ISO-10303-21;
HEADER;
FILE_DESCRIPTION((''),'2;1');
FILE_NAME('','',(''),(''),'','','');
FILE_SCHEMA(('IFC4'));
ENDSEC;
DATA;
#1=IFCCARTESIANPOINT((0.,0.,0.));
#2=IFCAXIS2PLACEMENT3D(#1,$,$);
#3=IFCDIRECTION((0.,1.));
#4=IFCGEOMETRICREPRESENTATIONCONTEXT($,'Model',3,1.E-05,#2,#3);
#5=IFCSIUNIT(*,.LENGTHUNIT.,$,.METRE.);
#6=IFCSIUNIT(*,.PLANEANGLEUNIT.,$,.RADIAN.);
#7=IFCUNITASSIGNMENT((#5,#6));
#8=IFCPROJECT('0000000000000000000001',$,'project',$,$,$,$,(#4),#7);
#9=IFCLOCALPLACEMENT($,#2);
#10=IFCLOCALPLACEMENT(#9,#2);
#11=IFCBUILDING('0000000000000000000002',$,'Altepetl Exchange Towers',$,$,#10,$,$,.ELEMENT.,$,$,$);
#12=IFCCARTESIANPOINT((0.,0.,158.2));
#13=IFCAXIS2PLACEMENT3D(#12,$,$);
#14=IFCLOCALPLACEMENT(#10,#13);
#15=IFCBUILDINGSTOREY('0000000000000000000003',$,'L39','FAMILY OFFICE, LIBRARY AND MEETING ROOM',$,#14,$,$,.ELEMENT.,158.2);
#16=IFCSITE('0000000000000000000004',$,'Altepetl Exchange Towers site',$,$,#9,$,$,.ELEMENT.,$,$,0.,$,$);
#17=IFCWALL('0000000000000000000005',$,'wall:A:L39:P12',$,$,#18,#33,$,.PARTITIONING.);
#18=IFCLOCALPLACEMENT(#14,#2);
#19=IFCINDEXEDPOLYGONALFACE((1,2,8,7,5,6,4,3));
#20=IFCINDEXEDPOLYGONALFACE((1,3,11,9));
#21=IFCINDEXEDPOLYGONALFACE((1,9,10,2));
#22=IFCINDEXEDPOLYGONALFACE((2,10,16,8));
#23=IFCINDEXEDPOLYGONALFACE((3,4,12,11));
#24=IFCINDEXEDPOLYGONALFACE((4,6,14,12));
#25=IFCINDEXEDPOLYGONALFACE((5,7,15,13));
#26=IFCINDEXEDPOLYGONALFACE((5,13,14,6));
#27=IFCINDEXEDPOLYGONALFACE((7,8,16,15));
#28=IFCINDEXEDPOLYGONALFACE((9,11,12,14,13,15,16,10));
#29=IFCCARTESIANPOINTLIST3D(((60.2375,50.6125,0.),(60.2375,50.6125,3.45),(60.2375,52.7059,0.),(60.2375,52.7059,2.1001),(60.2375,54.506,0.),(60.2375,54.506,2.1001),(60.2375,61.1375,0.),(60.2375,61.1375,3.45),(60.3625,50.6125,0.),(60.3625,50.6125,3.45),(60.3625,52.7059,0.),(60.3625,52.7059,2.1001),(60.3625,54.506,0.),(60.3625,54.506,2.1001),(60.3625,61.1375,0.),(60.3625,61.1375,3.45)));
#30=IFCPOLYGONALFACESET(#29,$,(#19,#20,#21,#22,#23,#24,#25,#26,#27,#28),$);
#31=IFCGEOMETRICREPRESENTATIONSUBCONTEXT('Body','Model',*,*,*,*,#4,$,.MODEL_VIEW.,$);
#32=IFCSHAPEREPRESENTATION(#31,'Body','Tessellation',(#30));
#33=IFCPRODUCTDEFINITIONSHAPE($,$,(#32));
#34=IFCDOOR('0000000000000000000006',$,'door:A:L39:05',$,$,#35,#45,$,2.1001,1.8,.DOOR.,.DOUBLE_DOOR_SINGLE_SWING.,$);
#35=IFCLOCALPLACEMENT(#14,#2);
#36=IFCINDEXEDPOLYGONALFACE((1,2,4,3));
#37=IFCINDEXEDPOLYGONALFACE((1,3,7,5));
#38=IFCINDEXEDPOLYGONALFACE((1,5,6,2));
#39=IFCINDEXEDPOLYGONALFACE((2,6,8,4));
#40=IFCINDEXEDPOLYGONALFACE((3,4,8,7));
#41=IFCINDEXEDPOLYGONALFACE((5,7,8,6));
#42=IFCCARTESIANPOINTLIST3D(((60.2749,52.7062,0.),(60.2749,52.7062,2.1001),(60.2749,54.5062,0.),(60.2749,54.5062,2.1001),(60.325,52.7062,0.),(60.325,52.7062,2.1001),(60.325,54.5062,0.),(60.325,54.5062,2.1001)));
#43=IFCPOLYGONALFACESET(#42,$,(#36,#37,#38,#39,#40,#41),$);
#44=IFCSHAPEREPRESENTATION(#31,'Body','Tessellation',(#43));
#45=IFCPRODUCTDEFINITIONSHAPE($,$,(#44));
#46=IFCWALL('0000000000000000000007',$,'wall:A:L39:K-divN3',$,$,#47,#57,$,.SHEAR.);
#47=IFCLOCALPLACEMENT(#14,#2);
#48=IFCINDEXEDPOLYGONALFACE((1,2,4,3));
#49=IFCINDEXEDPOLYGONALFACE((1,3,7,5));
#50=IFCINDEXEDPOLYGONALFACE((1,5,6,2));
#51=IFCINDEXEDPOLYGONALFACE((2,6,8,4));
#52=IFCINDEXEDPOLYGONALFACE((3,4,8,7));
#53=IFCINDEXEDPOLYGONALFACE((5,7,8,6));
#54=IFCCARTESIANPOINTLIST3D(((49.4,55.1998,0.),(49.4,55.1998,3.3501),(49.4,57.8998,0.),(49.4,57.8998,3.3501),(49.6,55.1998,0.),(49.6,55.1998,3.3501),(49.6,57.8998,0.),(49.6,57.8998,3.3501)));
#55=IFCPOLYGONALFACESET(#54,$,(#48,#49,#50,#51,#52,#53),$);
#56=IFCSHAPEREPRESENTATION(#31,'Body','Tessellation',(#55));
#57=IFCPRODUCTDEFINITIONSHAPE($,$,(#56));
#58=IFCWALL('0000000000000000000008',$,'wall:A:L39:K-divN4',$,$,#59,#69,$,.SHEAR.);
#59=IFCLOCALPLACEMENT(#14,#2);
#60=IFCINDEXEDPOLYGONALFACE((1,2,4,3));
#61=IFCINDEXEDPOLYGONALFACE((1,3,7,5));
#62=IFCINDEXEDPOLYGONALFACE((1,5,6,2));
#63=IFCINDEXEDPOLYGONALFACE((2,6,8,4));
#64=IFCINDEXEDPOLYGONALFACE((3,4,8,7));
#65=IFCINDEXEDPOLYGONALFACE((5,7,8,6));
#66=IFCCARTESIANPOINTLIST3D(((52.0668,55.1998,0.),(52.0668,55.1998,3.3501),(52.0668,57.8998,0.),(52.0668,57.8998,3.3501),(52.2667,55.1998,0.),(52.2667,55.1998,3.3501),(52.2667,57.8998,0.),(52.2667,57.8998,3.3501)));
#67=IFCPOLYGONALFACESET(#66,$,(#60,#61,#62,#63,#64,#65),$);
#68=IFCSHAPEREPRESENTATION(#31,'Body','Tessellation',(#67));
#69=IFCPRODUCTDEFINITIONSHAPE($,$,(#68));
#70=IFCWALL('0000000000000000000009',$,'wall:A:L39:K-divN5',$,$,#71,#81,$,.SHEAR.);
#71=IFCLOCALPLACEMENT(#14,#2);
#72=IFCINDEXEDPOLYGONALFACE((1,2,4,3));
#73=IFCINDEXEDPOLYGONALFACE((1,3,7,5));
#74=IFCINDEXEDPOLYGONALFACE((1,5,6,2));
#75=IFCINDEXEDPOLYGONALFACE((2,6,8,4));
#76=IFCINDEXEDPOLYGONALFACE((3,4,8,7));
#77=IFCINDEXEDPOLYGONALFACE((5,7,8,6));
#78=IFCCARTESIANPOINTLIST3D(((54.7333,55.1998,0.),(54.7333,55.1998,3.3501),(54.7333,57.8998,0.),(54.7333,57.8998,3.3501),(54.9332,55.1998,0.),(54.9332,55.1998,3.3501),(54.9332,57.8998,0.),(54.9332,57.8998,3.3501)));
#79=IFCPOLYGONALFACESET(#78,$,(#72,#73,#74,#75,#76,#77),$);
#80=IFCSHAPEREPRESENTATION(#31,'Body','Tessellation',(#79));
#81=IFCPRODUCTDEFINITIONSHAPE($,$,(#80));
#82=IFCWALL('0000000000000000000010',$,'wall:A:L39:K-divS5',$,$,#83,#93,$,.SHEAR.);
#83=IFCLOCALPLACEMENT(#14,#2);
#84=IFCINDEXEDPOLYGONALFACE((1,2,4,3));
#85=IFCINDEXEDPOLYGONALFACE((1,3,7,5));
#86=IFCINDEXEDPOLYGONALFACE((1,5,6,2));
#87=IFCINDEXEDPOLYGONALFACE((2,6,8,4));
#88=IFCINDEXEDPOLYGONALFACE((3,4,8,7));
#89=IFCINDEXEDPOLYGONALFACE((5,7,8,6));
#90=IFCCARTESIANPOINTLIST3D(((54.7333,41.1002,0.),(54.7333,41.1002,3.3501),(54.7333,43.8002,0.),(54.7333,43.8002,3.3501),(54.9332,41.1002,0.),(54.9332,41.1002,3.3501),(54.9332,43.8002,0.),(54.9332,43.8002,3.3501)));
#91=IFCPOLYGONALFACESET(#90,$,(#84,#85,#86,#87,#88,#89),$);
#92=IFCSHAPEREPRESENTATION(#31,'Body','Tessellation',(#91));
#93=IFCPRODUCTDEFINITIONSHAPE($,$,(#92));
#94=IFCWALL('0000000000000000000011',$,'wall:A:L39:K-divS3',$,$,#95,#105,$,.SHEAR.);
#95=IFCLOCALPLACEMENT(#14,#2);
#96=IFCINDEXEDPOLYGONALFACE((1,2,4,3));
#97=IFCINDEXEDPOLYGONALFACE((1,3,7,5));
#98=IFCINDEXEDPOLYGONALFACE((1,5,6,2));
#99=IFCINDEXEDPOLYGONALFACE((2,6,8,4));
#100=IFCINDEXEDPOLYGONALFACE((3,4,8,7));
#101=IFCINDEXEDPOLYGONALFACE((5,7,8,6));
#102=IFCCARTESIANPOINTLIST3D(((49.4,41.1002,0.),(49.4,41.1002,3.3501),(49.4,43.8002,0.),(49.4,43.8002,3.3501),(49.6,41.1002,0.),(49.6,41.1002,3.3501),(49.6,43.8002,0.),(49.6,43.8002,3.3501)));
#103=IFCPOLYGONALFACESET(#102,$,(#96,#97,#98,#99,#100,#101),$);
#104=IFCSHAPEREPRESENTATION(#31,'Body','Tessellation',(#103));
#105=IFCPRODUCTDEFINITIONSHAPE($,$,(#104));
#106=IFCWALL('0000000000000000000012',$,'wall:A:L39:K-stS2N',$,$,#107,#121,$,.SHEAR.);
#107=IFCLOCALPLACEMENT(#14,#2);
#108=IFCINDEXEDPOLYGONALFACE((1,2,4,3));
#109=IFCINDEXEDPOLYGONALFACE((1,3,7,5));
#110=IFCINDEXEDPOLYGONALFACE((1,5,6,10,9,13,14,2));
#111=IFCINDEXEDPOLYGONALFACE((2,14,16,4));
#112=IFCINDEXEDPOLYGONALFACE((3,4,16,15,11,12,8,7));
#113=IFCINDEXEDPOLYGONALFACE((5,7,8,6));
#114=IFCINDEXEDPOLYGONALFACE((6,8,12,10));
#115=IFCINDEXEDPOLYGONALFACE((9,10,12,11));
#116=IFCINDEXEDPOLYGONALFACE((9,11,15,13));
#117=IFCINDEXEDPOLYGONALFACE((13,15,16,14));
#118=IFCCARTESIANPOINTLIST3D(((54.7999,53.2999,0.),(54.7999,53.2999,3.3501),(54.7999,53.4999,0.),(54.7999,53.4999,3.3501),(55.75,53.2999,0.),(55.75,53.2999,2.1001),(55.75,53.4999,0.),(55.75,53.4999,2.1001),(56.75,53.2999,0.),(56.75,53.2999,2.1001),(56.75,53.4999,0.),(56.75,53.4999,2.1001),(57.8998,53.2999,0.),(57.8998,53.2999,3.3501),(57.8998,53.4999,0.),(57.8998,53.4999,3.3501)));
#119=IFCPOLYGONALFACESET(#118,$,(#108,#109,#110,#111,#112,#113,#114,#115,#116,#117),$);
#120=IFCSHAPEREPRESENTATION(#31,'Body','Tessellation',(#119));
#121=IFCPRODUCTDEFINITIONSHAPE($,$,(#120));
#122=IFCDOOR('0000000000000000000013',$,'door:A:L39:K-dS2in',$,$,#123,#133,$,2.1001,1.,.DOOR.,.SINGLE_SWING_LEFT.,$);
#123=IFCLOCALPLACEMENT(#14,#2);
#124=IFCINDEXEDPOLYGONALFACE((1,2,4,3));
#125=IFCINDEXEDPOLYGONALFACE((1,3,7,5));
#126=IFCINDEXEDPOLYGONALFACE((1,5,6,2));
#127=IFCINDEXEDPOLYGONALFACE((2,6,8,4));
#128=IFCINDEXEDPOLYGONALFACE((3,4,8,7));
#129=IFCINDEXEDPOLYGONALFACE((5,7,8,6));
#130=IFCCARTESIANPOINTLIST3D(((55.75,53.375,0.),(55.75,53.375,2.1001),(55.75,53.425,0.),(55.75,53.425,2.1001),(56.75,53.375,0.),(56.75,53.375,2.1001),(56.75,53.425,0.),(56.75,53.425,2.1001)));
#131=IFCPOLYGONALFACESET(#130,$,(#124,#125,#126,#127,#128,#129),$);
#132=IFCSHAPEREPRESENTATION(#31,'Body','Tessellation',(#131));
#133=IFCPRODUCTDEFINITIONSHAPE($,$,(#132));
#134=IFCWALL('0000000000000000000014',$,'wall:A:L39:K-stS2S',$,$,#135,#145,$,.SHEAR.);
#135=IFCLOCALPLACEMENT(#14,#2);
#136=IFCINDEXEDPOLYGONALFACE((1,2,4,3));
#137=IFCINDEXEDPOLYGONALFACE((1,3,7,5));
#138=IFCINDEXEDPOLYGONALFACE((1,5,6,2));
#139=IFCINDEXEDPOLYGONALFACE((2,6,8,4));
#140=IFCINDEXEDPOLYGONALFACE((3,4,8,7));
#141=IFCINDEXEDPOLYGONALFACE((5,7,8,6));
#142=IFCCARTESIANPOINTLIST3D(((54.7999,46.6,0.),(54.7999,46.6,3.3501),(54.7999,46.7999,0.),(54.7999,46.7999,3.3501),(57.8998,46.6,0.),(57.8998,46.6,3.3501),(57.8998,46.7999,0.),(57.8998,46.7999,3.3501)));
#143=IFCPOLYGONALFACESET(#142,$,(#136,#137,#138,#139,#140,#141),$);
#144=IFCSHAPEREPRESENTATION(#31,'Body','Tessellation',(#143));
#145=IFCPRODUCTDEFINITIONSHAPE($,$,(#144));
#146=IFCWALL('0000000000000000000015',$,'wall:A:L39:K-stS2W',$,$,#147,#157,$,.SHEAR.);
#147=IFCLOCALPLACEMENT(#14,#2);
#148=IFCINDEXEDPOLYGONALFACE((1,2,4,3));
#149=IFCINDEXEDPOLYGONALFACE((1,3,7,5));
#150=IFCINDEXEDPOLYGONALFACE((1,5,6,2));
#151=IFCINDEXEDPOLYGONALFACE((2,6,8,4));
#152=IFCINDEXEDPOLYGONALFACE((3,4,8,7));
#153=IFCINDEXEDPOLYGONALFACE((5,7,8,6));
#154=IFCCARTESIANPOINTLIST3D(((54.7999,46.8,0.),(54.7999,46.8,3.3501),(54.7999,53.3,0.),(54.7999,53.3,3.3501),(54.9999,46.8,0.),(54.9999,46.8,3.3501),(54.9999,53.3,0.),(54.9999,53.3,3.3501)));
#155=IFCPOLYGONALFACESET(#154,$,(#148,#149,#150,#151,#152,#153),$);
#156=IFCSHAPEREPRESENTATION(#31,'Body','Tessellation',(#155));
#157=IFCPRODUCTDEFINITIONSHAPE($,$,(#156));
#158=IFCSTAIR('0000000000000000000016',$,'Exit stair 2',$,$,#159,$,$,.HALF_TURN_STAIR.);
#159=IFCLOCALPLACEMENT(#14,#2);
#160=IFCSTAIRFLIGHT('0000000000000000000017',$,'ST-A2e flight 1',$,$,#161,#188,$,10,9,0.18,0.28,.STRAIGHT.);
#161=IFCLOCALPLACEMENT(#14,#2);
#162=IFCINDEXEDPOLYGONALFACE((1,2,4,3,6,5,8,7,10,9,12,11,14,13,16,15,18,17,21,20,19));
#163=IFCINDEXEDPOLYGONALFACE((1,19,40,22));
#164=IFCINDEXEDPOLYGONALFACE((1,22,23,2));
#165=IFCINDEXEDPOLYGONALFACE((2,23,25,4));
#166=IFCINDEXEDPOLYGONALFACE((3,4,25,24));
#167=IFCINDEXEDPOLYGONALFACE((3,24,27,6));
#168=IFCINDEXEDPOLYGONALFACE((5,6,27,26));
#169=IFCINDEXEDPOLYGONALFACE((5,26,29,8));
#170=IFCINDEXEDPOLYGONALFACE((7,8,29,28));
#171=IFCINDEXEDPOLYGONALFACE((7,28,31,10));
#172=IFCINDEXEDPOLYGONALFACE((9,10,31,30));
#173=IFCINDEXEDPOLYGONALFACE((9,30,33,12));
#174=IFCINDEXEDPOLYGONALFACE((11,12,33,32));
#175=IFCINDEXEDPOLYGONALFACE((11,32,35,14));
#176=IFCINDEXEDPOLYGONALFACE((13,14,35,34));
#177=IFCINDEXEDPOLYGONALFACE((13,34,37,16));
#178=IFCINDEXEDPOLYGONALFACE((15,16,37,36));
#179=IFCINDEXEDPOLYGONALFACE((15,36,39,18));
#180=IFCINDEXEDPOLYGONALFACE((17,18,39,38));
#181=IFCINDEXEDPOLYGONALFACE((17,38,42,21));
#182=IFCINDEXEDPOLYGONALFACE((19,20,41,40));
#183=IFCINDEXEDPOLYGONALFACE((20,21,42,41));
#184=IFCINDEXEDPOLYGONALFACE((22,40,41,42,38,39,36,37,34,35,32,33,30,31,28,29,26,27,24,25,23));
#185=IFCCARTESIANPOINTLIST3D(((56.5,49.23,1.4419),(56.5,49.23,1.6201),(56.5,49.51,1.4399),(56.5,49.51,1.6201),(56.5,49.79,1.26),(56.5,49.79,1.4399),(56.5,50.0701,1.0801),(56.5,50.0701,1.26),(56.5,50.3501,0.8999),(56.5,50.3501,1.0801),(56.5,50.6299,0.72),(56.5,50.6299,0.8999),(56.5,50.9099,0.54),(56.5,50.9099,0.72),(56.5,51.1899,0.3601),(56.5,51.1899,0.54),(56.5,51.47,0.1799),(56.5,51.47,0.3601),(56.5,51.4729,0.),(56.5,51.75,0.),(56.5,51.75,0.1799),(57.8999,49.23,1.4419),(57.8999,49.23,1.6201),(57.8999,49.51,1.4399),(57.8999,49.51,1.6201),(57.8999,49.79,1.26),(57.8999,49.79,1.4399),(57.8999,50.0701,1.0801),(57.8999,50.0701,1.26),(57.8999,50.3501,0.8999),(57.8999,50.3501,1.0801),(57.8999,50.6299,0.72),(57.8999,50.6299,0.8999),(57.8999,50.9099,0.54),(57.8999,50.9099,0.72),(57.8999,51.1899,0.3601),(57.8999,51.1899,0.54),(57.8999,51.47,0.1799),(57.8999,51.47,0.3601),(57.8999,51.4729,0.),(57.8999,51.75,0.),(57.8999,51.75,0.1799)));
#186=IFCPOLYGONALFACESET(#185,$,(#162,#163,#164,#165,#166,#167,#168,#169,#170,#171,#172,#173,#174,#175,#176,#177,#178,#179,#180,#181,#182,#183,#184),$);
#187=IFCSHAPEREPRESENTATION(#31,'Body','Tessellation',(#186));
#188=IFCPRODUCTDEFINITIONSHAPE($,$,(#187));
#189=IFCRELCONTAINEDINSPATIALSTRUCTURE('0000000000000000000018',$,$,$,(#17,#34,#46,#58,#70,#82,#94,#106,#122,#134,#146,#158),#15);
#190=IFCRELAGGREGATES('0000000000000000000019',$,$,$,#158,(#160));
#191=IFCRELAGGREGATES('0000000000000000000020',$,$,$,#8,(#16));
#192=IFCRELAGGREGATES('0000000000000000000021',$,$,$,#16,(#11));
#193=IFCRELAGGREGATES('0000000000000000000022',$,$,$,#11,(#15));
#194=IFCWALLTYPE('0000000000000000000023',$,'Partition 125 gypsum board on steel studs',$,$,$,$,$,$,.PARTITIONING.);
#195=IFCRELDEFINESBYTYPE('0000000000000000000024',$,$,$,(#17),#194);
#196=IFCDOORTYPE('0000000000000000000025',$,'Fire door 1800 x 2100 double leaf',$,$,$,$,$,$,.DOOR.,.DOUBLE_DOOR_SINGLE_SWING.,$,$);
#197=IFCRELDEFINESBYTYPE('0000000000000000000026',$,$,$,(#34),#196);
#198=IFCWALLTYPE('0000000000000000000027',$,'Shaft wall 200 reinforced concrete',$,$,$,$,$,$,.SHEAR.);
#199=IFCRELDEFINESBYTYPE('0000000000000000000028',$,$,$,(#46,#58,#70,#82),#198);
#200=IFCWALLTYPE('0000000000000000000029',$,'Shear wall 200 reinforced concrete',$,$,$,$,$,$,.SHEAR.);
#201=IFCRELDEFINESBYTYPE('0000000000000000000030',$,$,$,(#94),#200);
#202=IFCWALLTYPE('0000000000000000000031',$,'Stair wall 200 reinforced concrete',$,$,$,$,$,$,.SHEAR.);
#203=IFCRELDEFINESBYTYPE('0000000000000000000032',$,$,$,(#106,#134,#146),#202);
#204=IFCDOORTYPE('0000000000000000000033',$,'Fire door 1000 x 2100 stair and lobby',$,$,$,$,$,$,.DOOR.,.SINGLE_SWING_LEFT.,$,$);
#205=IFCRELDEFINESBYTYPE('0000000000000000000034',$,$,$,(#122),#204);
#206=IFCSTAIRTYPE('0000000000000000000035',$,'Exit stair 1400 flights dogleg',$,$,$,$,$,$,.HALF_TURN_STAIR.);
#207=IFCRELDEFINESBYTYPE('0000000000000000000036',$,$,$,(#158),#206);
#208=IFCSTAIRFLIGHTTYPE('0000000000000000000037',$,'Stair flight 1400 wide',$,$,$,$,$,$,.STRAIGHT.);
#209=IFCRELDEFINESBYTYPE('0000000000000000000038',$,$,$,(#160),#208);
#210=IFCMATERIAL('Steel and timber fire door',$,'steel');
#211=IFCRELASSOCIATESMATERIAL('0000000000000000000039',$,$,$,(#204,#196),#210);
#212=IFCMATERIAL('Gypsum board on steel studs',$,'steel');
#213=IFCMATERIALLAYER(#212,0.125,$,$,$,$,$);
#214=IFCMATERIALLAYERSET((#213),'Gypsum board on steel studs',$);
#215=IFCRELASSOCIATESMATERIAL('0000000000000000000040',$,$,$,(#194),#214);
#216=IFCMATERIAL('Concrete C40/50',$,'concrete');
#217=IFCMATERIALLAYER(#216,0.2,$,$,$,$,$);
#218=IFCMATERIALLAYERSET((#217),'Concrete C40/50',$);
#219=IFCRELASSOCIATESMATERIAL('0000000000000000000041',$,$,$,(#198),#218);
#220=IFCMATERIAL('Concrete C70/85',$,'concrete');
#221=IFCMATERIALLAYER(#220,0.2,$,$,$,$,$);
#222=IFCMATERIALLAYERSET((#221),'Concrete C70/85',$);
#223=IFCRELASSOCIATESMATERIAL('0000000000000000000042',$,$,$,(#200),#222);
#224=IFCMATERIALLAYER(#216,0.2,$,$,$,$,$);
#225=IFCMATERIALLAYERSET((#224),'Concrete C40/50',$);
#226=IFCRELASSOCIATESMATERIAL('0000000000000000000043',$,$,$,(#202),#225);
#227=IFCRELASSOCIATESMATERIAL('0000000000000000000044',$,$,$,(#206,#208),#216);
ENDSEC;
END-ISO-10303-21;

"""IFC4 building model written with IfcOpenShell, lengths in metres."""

from ifc_helpers import new_model, si_unit, direction, frame, frame_2d, origin, place, context, subcontext, project, spatial, polyline, rectangle, outline, extrude, material, layer, layer_set, type_object, element, fill, aggregate, save


model = new_model("IFC4")

# Units and contexts
model_context = context("Model", 3, precision=1e-05, world=origin(), true_north=direction((0.0, 1.0)))
body_context = subcontext(model_context, "Body", "Model", "MODEL_VIEW")
ifc_project = project(units=[si_unit("LENGTHUNIT", "METRE"), si_unit("PLANEANGLEUNIT", "RADIAN")], contexts=[model_context])

# Site, building, storey
site_placement = place(None, origin())
site = spatial("IfcSite", under=ifc_project, at=site_placement, Name="Altepetl Exchange Towers site", CompositionType="ELEMENT", RefElevation=0.0)
building_placement = place(site_placement, origin())
building = spatial("IfcBuilding", under=site, at=building_placement, Name="Altepetl Exchange Towers", CompositionType="ELEMENT")
storey_placement = place(building_placement, frame((0.0, 0.0, 158.2)))
storey = spatial("IfcBuildingStorey", under=building, at=storey_placement, Name="L39", Description="FAMILY OFFICE, LIBRARY AND MEETING ROOM", CompositionType="ELEMENT", Elevation=158.2)

# Shared definitions
ifc_material_1 = material(Name="Concrete C70/85", Category="concrete")
ifc_material_2 = material(Name="Steel and timber fire door", Category="steel")
door_type_1 = type_object("IfcDoorType", Name="Fire door 1000 x 2100 stair and lobby", OperationType="SINGLE_SWING_LEFT", PredefinedType="DOOR", material=ifc_material_2)

# Shared definitions
ifc_material_3 = material(Name="Gypsum board on steel studs", Category="steel")
ifc_layer_1 = layer(ifc_material_3, 0.125)
ifc_layer_set_1 = layer_set([ifc_layer_1], Name="Gypsum board on steel studs")
wall_type_1 = type_object("IfcWallType", Name="Partition 125 gypsum board on steel studs", PredefinedType="PARTITIONING", material=ifc_layer_set_1)

# Shared definitions
door_type_2 = type_object("IfcDoorType", Name="Fire door 1800 x 2100 double leaf", OperationType="DOUBLE_DOOR_SINGLE_SWING", PredefinedType="DOOR", material=ifc_material_2)

# Wall, opening, door
wall_1_placement = place(storey_placement, frame((60.3, 50.6125, 0.0), z_axis=(0.0, 0.0, 1.0), x_axis=(0.0, 1.0, 0.0)))
wall_1 = element("IfcWall", 1, at=wall_1_placement, inside=storey, type_object=wall_type_1, Name="wall:A:L39:P12", PredefinedType="PARTITIONING", context=body_context, shape_type="SweptSolid", body=[
    extrude(rectangle(XDim=10.5249, YDim=0.125, at=frame_2d((5.2625, 0.0))), origin(), (0.0, 0.0, 1.0), 3.45),
])
opening_1_placement = place(wall_1_placement, frame((2.0935, 0.0, 0.0)))
opening_1 = element("IfcOpeningElement", 2, at=opening_1_placement, cuts=wall_1, PredefinedType="OPENING", context=body_context, shape_type="SweptSolid", body=[
    extrude(rectangle(XDim=1.8, YDim=2.1001, at=frame_2d((0.8999, 1.05))), frame((0.0, 0.0725, 0.0), z_axis=(0.0, -1.0, 0.0), x_axis=(1.0, 0.0, 0.0)), (0.0, 0.0, 1.0), 0.145),
])
door_1_placement = place(opening_1_placement, frame((1.8, 0.0, 0.0), x_axis=(-1.0, 0.0, 0.0)))
door_1 = element("IfcDoor", 3, at=door_1_placement, inside=storey, type_object=door_type_2, Name="door:A:L39:05", OperationType="DOUBLE_DOOR_SINGLE_SWING", OverallHeight=2.1001, OverallWidth=1.8, PredefinedType="DOOR", context=body_context, shape_type="SweptSolid", body=[
    extrude(rectangle(XDim=1.8, YDim=2.1001, at=frame_2d((0.8999, 1.05))), frame((0.0, 0.0249, 0.0), z_axis=(0.0, -1.0, 0.0), x_axis=(1.0, 0.0, 0.0)), (0.0, 0.0, 1.0), 0.05),
])
fill(opening_1, door_1)

# Walls
ifc_material_4 = material(Name="Concrete C40/50", Category="concrete")
ifc_layer_2 = layer(ifc_material_4, 0.2)
ifc_layer_set_2 = layer_set([ifc_layer_2], Name="Concrete C40/50")
wall_type_2 = type_object("IfcWallType", Name="Shaft wall 200 reinforced concrete", PredefinedType="SHEAR", material=ifc_layer_set_2)
for number, where, z_axis, x_axis, name in (
    (4, (49.5, 57.8999, 0.0), (0.0, 0.0, 1.0), (0.0, -1.0, 0.0), "wall:A:L39:K-divN3"),
    (5, (52.1667, 57.8999, 0.0), (0.0, 0.0, 1.0), (0.0, -1.0, 0.0), "wall:A:L39:K-divN4"),
    (6, (54.8333, 57.8999, 0.0), (0.0, 0.0, 1.0), (0.0, -1.0, 0.0), "wall:A:L39:K-divN5"),
    (7, (54.8333, 41.1001, 0.0), (0.0, 0.0, 1.0), (0.0, 1.0, 0.0), "wall:A:L39:K-divS5"),
):
    element("IfcWall", number, at=place(storey_placement, frame(where, z_axis=z_axis, x_axis=x_axis)), inside=storey, type_object=wall_type_2, Name=name, PredefinedType="SHEAR", context=body_context, shape_type="SweptSolid", body=[
        extrude(rectangle(XDim=2.7, YDim=0.2, at=frame_2d((1.3501, 0.0))), origin(), (0.0, 0.0, 1.0), 3.3501),
    ])
ifc_layer_3 = layer(ifc_material_1, 0.2)
ifc_layer_set_3 = layer_set([ifc_layer_3], Name="Concrete C70/85")
wall_type_3 = type_object("IfcWallType", Name="Shear wall 200 reinforced concrete", PredefinedType="SHEAR", material=ifc_layer_set_3)
wall_2_placement = place(storey_placement, frame((49.5, 41.1001, 0.0), z_axis=(0.0, 0.0, 1.0), x_axis=(0.0, 1.0, 0.0)))
element("IfcWall", 8, at=wall_2_placement, inside=storey, type_object=wall_type_3, Name="wall:A:L39:K-divS3", PredefinedType="SHEAR", context=body_context, shape_type="SweptSolid", body=[
    extrude(rectangle(XDim=2.7, YDim=0.2, at=frame_2d((1.3501, 0.0))), origin(), (0.0, 0.0, 1.0), 3.3501),
])

# Wall, opening, door
ifc_layer_4 = layer(ifc_material_4, 0.2)
ifc_layer_set_4 = layer_set([ifc_layer_4], Name="Concrete C40/50")
wall_type_4 = type_object("IfcWallType", Name="Stair wall 200 reinforced concrete", PredefinedType="SHEAR", material=ifc_layer_set_4)
wall_3_placement = place(storey_placement, frame((54.8, 53.3999, 0.0)))
wall_3 = element("IfcWall", 9, at=wall_3_placement, inside=storey, type_object=wall_type_4, Name="wall:A:L39:K-stS2N", PredefinedType="SHEAR", context=body_context, shape_type="SweptSolid", body=[
    extrude(rectangle(XDim=3.0999, YDim=0.2, at=frame_2d((1.5498, 0.0))), origin(), (0.0, 0.0, 1.0), 3.3501),
])
opening_2_placement = place(wall_3_placement, frame((0.95, 0.0, 0.0)))
opening_2 = element("IfcOpeningElement", 10, at=opening_2_placement, cuts=wall_3, PredefinedType="OPENING", context=body_context, shape_type="SweptSolid", body=[
    extrude(rectangle(XDim=1.0, YDim=2.1001, at=frame_2d((0.5, 1.05))), frame((0.0, 0.1099, 0.0), z_axis=(0.0, -1.0, 0.0), x_axis=(1.0, 0.0, 0.0)), (0.0, 0.0, 1.0), 0.22),
])
door_2_placement = place(opening_2_placement, frame((1.0, 0.0, 0.0), x_axis=(-1.0, 0.0, 0.0)))
door_2 = element("IfcDoor", 11, at=door_2_placement, inside=storey, type_object=door_type_1, Name="door:A:L39:K-dS2in", OperationType="SINGLE_SWING_LEFT", OverallHeight=2.1001, OverallWidth=1.0, PredefinedType="DOOR", context=body_context, shape_type="SweptSolid", body=[
    extrude(rectangle(XDim=1.0, YDim=2.1001, at=frame_2d((0.5, 1.05))), frame((0.0, 0.0249, 0.0), z_axis=(0.0, -1.0, 0.0), x_axis=(1.0, 0.0, 0.0)), (0.0, 0.0, 1.0), 0.05),
])
fill(opening_2, door_2)

# Walls
wall_4_placement = place(storey_placement, frame((54.8, 46.7, 0.0)))
element("IfcWall", 12, at=wall_4_placement, inside=storey, type_object=wall_type_4, Name="wall:A:L39:K-stS2S", PredefinedType="SHEAR", context=body_context, shape_type="SweptSolid", body=[
    extrude(rectangle(XDim=3.0999, YDim=0.2, at=frame_2d((1.5498, 0.0))), origin(), (0.0, 0.0, 1.0), 3.3501),
])
wall_5_placement = place(storey_placement, frame((54.8999, 46.8, 0.0), z_axis=(0.0, 0.0, 1.0), x_axis=(0.0, 1.0, 0.0)))
element("IfcWall", 13, at=wall_5_placement, inside=storey, type_object=wall_type_4, Name="wall:A:L39:K-stS2W", PredefinedType="SHEAR", context=body_context, shape_type="SweptSolid", body=[
    extrude(rectangle(XDim=6.5, YDim=0.2, at=frame_2d((3.25, 0.0))), origin(), (0.0, 0.0, 1.0), 3.3501),
])

# Stair, stair flight
stair_type = type_object("IfcStairType", Name="Exit stair 1400 flights dogleg", PredefinedType="HALF_TURN_STAIR", material=ifc_material_4)
stair_placement = place(storey_placement, origin())
stair = element("IfcStair", 14, at=stair_placement, inside=storey, type_object=stair_type, Name="Exit stair 2", PredefinedType="HALF_TURN_STAIR")
stair_flight_type = type_object("IfcStairFlightType", Name="Stair flight 1400 wide", PredefinedType="STRAIGHT", material=ifc_material_4)
stair_flight_1_placement = place(storey_placement, frame((57.2, 51.75, 0.0), z_axis=(0.0, 0.0, 1.0), x_axis=(0.0, -1.0, 0.0)))
stair_flight_1 = element("IfcStairFlight", 15, at=stair_flight_1_placement, type_object=stair_flight_type, Name="ST-A2e flight 1", NumberOfRisers=10, NumberOfTreads=9, PredefinedType="STRAIGHT", RiserHeight=0.18, TreadLength=0.28, context=body_context, shape_type="SweptSolid", body=[
    extrude(outline(polyline([(0.0, 0.0), (0.0, 0.1799), (0.28, 0.1799), (0.28, 0.3601), (0.5601, 0.3601), (0.5601, 0.54), (0.8401, 0.54), (0.8401, 0.72), (1.1201, 0.72), (1.1201, 0.8999), (1.3999, 0.8999), (1.3999, 1.0801), (1.6799, 1.0801), (1.6799, 1.26), (1.96, 1.26), (1.96, 1.4399), (2.24, 1.4399), (2.24, 1.6201), (2.52, 1.6201), (2.52, 1.8), (2.52, 1.4419), (0.2771, 0.0), (0.0, 0.0)])), frame((0.0, 0.7, 0.0), z_axis=(0.0, -1.0, 0.0), x_axis=(1.0, 0.0, 0.0)), (0.0, 0.0, 1.0), 1.3999),
])
aggregate(stair, [stair_flight_1])

save(model, "model.ifc")
